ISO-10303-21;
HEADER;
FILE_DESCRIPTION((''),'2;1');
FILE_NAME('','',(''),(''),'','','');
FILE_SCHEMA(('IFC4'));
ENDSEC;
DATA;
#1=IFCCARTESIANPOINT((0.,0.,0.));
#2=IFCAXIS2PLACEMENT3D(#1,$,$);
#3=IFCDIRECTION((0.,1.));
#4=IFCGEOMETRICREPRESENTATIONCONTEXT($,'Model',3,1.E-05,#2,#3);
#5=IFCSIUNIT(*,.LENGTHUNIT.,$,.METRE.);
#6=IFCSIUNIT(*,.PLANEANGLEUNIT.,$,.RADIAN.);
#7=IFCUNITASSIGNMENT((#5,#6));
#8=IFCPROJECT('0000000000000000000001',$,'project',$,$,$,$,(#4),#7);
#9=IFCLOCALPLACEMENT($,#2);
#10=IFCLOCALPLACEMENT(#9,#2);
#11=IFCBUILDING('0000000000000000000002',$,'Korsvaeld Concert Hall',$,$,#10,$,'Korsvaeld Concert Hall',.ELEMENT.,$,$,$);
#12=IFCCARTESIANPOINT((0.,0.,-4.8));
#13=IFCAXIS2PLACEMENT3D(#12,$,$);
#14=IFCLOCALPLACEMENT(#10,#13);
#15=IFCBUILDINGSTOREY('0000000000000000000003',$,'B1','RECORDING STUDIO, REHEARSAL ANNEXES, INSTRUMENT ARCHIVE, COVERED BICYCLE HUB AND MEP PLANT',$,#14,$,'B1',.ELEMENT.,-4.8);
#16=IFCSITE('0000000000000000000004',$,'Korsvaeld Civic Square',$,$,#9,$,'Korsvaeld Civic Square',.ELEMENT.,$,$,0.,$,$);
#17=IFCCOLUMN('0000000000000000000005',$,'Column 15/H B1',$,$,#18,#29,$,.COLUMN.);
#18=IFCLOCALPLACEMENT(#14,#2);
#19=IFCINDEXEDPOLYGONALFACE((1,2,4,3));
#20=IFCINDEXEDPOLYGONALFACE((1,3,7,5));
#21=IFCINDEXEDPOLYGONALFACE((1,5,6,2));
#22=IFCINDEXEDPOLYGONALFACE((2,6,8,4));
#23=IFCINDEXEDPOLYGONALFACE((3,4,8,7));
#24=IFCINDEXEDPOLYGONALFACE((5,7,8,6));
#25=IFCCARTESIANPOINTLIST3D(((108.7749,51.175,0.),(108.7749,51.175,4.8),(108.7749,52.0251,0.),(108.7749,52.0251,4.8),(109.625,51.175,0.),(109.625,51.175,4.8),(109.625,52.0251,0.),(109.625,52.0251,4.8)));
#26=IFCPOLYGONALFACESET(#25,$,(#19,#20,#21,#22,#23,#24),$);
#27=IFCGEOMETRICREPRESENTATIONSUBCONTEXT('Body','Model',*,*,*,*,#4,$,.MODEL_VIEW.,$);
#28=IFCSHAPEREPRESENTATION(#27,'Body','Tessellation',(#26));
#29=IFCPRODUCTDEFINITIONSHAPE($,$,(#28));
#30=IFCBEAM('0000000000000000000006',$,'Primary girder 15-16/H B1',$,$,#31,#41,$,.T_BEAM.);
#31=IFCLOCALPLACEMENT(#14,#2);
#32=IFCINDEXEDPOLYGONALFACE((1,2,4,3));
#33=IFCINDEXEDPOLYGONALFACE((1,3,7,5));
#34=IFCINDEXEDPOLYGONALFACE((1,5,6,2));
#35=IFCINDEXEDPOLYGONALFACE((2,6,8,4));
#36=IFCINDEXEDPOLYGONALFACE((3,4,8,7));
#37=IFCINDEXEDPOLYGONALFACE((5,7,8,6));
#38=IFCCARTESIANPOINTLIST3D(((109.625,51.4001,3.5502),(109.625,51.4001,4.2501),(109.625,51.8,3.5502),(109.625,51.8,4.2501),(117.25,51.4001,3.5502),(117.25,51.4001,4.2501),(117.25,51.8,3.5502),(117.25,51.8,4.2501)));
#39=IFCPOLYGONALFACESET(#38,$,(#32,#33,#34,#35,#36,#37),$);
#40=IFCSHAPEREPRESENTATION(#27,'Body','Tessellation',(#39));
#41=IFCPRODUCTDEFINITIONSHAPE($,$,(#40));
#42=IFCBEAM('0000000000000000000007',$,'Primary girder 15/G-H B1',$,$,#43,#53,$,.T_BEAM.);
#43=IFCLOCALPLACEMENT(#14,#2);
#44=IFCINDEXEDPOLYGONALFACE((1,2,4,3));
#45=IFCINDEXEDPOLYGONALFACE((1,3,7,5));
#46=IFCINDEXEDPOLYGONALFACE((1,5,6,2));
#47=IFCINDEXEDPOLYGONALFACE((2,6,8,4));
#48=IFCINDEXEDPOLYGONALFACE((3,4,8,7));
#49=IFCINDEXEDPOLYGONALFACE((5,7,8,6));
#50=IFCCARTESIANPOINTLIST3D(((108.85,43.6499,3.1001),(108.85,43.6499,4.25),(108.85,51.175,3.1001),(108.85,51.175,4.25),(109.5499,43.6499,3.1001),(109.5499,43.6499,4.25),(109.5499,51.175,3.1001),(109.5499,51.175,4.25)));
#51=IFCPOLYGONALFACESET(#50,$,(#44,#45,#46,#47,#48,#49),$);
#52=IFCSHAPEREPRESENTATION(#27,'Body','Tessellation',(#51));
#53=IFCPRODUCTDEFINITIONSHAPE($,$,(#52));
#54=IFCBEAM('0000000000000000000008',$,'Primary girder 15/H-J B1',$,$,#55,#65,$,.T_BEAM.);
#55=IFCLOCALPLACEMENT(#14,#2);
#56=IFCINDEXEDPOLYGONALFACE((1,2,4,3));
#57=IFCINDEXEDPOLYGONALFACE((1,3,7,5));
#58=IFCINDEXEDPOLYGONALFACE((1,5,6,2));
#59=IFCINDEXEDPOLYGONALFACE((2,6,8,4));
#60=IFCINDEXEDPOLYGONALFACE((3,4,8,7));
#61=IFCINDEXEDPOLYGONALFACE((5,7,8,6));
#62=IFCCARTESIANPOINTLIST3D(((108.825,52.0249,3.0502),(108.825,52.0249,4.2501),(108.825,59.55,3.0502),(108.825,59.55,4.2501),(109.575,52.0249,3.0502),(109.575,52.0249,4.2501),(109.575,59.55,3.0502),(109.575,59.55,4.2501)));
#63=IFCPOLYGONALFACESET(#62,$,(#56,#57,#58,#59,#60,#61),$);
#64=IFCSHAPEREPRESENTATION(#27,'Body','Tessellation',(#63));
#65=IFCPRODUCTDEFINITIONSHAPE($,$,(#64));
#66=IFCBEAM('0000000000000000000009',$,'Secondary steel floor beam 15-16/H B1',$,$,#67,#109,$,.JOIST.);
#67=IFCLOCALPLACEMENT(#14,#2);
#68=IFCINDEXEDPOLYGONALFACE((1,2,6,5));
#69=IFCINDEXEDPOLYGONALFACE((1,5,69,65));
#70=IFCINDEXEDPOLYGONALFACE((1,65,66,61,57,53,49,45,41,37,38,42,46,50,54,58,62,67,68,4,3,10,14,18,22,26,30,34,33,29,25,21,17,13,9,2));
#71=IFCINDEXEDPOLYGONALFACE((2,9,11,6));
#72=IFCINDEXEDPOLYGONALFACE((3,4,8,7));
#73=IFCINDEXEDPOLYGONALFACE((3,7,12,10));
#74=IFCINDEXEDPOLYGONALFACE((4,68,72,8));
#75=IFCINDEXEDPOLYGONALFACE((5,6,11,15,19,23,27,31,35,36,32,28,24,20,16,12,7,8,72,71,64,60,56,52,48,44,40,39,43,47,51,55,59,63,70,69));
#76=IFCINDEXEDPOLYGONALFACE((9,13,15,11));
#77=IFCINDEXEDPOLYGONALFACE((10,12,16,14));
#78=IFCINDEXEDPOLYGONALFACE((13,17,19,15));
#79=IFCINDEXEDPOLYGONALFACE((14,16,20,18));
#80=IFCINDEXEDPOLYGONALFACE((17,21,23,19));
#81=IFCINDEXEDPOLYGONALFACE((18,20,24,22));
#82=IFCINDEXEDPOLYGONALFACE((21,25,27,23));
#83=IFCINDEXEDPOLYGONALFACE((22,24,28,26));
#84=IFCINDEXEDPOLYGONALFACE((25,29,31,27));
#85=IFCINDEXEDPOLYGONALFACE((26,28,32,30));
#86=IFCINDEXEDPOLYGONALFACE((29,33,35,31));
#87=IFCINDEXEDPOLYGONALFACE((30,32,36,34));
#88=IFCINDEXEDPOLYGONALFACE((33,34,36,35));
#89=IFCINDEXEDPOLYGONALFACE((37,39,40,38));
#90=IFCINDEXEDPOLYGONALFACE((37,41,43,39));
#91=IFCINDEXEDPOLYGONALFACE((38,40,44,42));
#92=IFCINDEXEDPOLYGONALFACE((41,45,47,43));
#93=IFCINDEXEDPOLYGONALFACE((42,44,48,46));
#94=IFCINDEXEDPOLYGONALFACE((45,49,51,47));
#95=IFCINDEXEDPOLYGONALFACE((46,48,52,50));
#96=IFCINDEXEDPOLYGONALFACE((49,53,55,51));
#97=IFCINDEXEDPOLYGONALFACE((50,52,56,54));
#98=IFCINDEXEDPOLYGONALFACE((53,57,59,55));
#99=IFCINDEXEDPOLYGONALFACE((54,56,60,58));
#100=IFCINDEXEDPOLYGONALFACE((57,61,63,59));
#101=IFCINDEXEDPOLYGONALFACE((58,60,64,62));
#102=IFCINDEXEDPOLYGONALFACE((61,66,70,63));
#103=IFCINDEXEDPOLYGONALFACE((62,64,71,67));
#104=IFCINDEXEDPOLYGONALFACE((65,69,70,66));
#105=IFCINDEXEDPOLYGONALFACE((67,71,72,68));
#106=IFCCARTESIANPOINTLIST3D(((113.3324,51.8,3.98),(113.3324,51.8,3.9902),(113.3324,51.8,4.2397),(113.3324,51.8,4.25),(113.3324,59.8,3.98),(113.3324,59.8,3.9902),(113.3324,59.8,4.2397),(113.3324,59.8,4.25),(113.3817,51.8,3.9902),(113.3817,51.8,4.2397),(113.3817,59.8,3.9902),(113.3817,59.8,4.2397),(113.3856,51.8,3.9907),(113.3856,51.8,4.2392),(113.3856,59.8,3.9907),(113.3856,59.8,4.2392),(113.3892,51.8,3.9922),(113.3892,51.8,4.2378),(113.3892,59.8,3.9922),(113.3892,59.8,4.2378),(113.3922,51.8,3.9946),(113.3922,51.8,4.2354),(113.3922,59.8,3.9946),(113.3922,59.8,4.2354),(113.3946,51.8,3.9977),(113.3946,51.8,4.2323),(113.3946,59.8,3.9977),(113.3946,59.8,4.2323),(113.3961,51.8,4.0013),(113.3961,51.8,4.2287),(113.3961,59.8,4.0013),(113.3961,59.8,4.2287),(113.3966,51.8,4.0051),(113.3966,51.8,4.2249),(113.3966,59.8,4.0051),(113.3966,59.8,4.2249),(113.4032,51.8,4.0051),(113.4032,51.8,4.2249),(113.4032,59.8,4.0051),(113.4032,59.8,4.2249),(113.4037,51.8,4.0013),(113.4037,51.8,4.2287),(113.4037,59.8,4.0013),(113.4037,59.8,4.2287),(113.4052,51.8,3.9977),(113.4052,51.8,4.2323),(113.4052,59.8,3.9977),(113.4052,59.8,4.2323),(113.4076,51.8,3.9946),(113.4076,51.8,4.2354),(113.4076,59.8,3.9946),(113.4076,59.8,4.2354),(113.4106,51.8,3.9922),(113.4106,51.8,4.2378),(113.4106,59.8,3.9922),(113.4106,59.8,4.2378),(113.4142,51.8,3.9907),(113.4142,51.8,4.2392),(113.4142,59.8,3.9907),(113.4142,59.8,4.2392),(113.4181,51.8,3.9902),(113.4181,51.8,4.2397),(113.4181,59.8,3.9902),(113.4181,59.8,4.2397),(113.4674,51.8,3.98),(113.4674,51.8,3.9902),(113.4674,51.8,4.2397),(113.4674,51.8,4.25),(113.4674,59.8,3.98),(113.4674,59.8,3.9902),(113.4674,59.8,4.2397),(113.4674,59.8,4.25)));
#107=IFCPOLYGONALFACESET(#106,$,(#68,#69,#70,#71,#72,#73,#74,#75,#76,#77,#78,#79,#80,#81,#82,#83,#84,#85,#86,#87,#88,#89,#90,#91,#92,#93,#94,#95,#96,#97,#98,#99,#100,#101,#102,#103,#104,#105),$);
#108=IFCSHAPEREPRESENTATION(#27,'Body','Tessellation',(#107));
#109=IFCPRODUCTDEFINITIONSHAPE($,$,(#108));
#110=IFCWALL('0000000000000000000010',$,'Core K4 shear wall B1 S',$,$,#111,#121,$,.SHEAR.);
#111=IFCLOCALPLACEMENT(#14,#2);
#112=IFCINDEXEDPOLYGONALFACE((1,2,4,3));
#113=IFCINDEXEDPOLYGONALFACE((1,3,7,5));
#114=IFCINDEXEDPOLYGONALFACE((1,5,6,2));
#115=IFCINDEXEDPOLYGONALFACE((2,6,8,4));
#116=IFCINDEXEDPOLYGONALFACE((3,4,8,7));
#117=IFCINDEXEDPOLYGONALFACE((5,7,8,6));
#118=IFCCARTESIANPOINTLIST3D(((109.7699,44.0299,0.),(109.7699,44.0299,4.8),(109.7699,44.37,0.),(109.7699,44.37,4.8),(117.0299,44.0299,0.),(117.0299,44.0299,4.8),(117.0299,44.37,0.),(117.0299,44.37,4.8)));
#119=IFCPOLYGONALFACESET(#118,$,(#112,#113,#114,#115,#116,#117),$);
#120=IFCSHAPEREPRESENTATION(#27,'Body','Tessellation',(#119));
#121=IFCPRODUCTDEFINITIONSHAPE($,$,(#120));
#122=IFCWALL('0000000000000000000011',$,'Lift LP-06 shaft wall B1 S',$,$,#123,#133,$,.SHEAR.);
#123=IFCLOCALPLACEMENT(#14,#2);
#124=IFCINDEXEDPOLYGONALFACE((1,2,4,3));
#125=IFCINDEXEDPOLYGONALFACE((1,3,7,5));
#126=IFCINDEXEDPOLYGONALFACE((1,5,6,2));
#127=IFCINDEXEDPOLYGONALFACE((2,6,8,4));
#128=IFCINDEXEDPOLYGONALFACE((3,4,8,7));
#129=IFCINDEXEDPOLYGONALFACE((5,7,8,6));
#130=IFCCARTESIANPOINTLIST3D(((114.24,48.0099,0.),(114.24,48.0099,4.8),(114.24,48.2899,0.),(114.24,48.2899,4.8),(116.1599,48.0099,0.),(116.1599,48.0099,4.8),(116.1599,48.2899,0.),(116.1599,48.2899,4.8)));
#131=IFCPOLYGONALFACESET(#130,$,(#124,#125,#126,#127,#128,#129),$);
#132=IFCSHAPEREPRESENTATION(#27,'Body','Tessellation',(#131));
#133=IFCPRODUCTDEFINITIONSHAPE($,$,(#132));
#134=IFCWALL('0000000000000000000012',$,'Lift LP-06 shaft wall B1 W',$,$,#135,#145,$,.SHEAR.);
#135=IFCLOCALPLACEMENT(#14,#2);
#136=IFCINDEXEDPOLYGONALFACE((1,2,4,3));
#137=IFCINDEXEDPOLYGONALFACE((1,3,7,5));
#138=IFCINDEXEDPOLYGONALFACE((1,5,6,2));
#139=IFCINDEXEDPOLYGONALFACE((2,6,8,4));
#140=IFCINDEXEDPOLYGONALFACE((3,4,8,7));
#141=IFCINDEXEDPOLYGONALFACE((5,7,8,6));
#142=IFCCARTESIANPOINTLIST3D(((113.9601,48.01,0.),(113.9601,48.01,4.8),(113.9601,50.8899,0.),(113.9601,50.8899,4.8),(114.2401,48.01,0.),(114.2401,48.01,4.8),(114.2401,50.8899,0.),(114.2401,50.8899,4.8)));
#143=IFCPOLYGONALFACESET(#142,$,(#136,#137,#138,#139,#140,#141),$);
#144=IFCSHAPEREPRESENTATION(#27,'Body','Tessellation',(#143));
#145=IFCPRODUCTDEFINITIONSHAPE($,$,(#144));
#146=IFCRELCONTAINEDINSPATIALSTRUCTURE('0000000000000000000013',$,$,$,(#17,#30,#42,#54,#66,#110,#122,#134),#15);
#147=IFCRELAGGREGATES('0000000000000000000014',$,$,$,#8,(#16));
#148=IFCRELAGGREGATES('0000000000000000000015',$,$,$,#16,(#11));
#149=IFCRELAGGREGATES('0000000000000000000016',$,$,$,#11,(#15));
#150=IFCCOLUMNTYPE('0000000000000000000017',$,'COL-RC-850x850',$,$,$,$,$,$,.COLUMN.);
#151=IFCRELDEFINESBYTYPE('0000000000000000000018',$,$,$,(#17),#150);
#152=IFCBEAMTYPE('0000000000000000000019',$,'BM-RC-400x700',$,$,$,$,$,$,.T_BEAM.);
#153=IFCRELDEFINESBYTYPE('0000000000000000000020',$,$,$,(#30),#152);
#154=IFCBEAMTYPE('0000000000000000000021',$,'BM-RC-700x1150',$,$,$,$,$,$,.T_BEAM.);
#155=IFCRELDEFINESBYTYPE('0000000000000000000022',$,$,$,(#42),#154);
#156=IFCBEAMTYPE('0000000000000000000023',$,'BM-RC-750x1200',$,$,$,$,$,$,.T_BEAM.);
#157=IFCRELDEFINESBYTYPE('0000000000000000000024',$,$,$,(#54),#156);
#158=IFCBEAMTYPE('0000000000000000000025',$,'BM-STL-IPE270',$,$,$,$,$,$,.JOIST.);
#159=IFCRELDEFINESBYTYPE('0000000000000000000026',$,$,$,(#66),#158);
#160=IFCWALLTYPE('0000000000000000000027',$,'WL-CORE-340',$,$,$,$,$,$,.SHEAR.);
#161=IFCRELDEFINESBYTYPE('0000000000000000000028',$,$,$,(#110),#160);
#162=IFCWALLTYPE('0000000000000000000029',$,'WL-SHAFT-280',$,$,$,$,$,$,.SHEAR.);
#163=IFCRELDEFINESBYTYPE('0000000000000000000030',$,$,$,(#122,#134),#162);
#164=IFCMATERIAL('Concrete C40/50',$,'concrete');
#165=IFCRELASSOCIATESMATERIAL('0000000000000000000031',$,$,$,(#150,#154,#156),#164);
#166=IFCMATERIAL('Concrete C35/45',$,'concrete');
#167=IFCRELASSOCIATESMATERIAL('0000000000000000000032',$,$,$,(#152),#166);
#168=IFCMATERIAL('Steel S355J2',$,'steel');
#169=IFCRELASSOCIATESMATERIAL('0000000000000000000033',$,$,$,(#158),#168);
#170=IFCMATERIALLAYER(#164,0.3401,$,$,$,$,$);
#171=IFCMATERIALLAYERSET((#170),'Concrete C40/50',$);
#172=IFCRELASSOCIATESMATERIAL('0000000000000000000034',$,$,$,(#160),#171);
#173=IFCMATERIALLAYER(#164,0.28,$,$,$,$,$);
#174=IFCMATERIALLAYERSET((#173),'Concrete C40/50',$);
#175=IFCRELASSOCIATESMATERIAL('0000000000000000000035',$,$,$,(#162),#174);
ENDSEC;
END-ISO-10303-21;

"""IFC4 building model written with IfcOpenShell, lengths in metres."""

from ifc_helpers import new_model, si_unit, direction, frame, frame_2d, origin, origin_2d, place, context, subcontext, project, spatial, rectangle, i_section, extrude, material, layer, layer_set, material_profile, profile_set, type_object, element, save


model = new_model("IFC4")

# Units and contexts
model_context = context("Model", 3, precision=1e-05, world=origin(), true_north=direction((0.0, 1.0)))
body_context = subcontext(model_context, "Body", "Model", "MODEL_VIEW")
ifc_project = project(units=[si_unit("LENGTHUNIT", "METRE"), si_unit("PLANEANGLEUNIT", "RADIAN")], contexts=[model_context])

# Site, building, storey
site_placement = place(None, origin())
site = spatial("IfcSite", under=ifc_project, at=site_placement, Name="Korsvaeld Civic Square", LongName="Korsvaeld Civic Square", CompositionType="ELEMENT", RefElevation=0.0)
building_placement = place(site_placement, origin())
building = spatial("IfcBuilding", under=site, at=building_placement, Name="Korsvaeld Concert Hall", LongName="Korsvaeld Concert Hall", CompositionType="ELEMENT")
storey_placement = place(building_placement, frame((0.0, 0.0, -4.8)))
storey = spatial("IfcBuildingStorey", under=building, at=storey_placement, Name="B1", Description="RECORDING STUDIO, REHEARSAL ANNEXES, INSTRUMENT ARCHIVE, COVERED BICYCLE HUB AND MEP PLANT", LongName="B1", CompositionType="ELEMENT", Elevation=-4.8)

# Shared definitions
ifc_material_1 = material(Name="Concrete C35/45", Category="concrete")

# Column
ifc_material_2 = material(Name="Concrete C40/50", Category="concrete")
ifc_material_profile_1 = material_profile(ifc_material_2, rectangle(XDim=0.8501, YDim=0.8501, at=origin_2d()), Name="RC 850x850")
ifc_profile_set_1 = profile_set([ifc_material_profile_1], Name="Concrete C40/50")
column_type = type_object("IfcColumnType", Name="COL-RC-850x850", PredefinedType="COLUMN", material=ifc_profile_set_1)
column_placement = place(storey_placement, frame((109.2, 51.6001, 0.0), z_axis=(0.0, 0.0, 1.0), x_axis=(1.0, 0.0, 0.0)))
element("IfcColumn", 1, at=column_placement, inside=storey, type_object=column_type, Name="Column 15/H B1", PredefinedType="COLUMN", context=body_context, shape_type="SweptSolid", body=[
    extrude(rectangle(XDim=0.8501, YDim=0.8501, at=origin_2d()), origin(), (0.0, 0.0, 1.0), 4.8),
])

# Beams
ifc_material_profile_2 = material_profile(ifc_material_1, rectangle(XDim=0.3999, YDim=0.7, at=origin_2d()), Name="RC 400x700")
ifc_profile_set_2 = profile_set([ifc_material_profile_2], Name="Concrete C35/45")
beam_type_1 = type_object("IfcBeamType", Name="BM-RC-400x700", PredefinedType="T_BEAM", material=ifc_profile_set_2)
beam_1_placement = place(storey_placement, frame((109.625, 51.6001, 3.9001), z_axis=(1.0, 0.0, 0.0), x_axis=(0.0, 1.0, 0.0)))
element("IfcBeam", 2, at=beam_1_placement, inside=storey, type_object=beam_type_1, Name="Primary girder 15-16/H B1", PredefinedType="T_BEAM", context=body_context, shape_type="SweptSolid", body=[
    extrude(rectangle(XDim=0.3999, YDim=0.7, at=origin_2d()), origin(), (0.0, 0.0, 1.0), 7.625),
])
ifc_material_profile_3 = material_profile(ifc_material_2, rectangle(XDim=0.7, YDim=1.1499, at=origin_2d()), Name="RC 700x1150")
ifc_profile_set_3 = profile_set([ifc_material_profile_3], Name="Concrete C40/50")
beam_type_2 = type_object("IfcBeamType", Name="BM-RC-700x1150", PredefinedType="T_BEAM", material=ifc_profile_set_3)
beam_2_placement = place(storey_placement, frame((109.2, 43.6499, 3.675), z_axis=(0.0, 1.0, 0.0), x_axis=(-1.0, 0.0, 0.0)))
element("IfcBeam", 3, at=beam_2_placement, inside=storey, type_object=beam_type_2, Name="Primary girder 15/G-H B1", PredefinedType="T_BEAM", context=body_context, shape_type="SweptSolid", body=[
    extrude(rectangle(XDim=0.7, YDim=1.1499, at=origin_2d()), origin(), (0.0, 0.0, 1.0), 7.5251),
])
ifc_material_profile_4 = material_profile(ifc_material_2, rectangle(XDim=0.75, YDim=1.2, at=origin_2d()), Name="RC 750x1200")
ifc_profile_set_4 = profile_set([ifc_material_profile_4], Name="Concrete C40/50")
beam_type_3 = type_object("IfcBeamType", Name="BM-RC-750x1200", PredefinedType="T_BEAM", material=ifc_profile_set_4)
beam_3_placement = place(storey_placement, frame((109.2, 52.0249, 3.6501), z_axis=(0.0, 1.0, 0.0), x_axis=(-1.0, 0.0, 0.0)))
element("IfcBeam", 4, at=beam_3_placement, inside=storey, type_object=beam_type_3, Name="Primary girder 15/H-J B1", PredefinedType="T_BEAM", context=body_context, shape_type="SweptSolid", body=[
    extrude(rectangle(XDim=0.75, YDim=1.2, at=origin_2d()), origin(), (0.0, 0.0, 1.0), 7.5251),
])
ifc_material_3 = material(Name="Steel S355J2", Category="steel")
ifc_material_profile_5 = material_profile(ifc_material_3, i_section(OverallWidth=0.135, OverallDepth=0.27, WebThickness=0.0066, FlangeThickness=0.0103, FilletRadius=0.0149, at=origin_2d()), Name="IPE 270")
ifc_profile_set_5 = profile_set([ifc_material_profile_5], Name="Steel S355J2")
beam_type_4 = type_object("IfcBeamType", Name="BM-STL-IPE270", PredefinedType="JOIST", material=ifc_profile_set_5)
beam_4_placement = place(storey_placement, frame((113.3999, 51.8, 4.115), z_axis=(0.0, 1.0, 0.0), x_axis=(-1.0, 0.0, 0.0)))
element("IfcBeam", 5, at=beam_4_placement, inside=storey, type_object=beam_type_4, Name="Secondary steel floor beam 15-16/H B1", PredefinedType="JOIST", context=body_context, shape_type="SweptSolid", body=[
    extrude(i_section(OverallWidth=0.135, OverallDepth=0.27, WebThickness=0.0066, FlangeThickness=0.0103, FilletRadius=0.0149, at=origin_2d()), origin(), (0.0, 0.0, 1.0), 8.0),
])

# Wall
ifc_layer_1 = layer(ifc_material_2, 0.3401)
ifc_layer_set_1 = layer_set([ifc_layer_1], Name="Concrete C40/50")
wall_type_1 = type_object("IfcWallType", Name="WL-CORE-340", PredefinedType="SHEAR", material=ifc_layer_set_1)
wall_1_placement = place(storey_placement, frame((109.77, 44.2, 0.0), z_axis=(0.0, 0.0, 1.0), x_axis=(1.0, 0.0, 0.0)))
element("IfcWall", 6, at=wall_1_placement, inside=storey, type_object=wall_type_1, Name="Core K4 shear wall B1 S", PredefinedType="SHEAR", context=body_context, shape_type="SweptSolid", body=[
    extrude(rectangle(XDim=7.26, YDim=0.3401, at=frame_2d((3.6299, 0.0))), origin(), (0.0, 0.0, 1.0), 4.8),
])

# Walls
ifc_layer_2 = layer(ifc_material_2, 0.28)
ifc_layer_set_2 = layer_set([ifc_layer_2], Name="Concrete C40/50")
wall_type_2 = type_object("IfcWallType", Name="WL-SHAFT-280", PredefinedType="SHEAR", material=ifc_layer_set_2)
wall_2_placement = place(storey_placement, frame((114.24, 48.1499, 0.0), z_axis=(0.0, 0.0, 1.0), x_axis=(1.0, 0.0, 0.0)))
element("IfcWall", 7, at=wall_2_placement, inside=storey, type_object=wall_type_2, Name="Lift LP-06 shaft wall B1 S", PredefinedType="SHEAR", context=body_context, shape_type="SweptSolid", body=[
    extrude(rectangle(XDim=1.9199, YDim=0.28, at=frame_2d((0.96, 0.0))), origin(), (0.0, 0.0, 1.0), 4.8),
])
wall_3_placement = place(storey_placement, frame((114.1001, 50.8899, 0.0), z_axis=(0.0, 0.0, 1.0), x_axis=(0.0, -1.0, 0.0)))
element("IfcWall", 8, at=wall_3_placement, inside=storey, type_object=wall_type_2, Name="Lift LP-06 shaft wall B1 W", PredefinedType="SHEAR", context=body_context, shape_type="SweptSolid", body=[
    extrude(rectangle(XDim=2.8799, YDim=0.28, at=frame_2d((1.4399, 0.0))), origin(), (0.0, 0.0, 1.0), 4.8),
])

save(model, "model.ifc")
